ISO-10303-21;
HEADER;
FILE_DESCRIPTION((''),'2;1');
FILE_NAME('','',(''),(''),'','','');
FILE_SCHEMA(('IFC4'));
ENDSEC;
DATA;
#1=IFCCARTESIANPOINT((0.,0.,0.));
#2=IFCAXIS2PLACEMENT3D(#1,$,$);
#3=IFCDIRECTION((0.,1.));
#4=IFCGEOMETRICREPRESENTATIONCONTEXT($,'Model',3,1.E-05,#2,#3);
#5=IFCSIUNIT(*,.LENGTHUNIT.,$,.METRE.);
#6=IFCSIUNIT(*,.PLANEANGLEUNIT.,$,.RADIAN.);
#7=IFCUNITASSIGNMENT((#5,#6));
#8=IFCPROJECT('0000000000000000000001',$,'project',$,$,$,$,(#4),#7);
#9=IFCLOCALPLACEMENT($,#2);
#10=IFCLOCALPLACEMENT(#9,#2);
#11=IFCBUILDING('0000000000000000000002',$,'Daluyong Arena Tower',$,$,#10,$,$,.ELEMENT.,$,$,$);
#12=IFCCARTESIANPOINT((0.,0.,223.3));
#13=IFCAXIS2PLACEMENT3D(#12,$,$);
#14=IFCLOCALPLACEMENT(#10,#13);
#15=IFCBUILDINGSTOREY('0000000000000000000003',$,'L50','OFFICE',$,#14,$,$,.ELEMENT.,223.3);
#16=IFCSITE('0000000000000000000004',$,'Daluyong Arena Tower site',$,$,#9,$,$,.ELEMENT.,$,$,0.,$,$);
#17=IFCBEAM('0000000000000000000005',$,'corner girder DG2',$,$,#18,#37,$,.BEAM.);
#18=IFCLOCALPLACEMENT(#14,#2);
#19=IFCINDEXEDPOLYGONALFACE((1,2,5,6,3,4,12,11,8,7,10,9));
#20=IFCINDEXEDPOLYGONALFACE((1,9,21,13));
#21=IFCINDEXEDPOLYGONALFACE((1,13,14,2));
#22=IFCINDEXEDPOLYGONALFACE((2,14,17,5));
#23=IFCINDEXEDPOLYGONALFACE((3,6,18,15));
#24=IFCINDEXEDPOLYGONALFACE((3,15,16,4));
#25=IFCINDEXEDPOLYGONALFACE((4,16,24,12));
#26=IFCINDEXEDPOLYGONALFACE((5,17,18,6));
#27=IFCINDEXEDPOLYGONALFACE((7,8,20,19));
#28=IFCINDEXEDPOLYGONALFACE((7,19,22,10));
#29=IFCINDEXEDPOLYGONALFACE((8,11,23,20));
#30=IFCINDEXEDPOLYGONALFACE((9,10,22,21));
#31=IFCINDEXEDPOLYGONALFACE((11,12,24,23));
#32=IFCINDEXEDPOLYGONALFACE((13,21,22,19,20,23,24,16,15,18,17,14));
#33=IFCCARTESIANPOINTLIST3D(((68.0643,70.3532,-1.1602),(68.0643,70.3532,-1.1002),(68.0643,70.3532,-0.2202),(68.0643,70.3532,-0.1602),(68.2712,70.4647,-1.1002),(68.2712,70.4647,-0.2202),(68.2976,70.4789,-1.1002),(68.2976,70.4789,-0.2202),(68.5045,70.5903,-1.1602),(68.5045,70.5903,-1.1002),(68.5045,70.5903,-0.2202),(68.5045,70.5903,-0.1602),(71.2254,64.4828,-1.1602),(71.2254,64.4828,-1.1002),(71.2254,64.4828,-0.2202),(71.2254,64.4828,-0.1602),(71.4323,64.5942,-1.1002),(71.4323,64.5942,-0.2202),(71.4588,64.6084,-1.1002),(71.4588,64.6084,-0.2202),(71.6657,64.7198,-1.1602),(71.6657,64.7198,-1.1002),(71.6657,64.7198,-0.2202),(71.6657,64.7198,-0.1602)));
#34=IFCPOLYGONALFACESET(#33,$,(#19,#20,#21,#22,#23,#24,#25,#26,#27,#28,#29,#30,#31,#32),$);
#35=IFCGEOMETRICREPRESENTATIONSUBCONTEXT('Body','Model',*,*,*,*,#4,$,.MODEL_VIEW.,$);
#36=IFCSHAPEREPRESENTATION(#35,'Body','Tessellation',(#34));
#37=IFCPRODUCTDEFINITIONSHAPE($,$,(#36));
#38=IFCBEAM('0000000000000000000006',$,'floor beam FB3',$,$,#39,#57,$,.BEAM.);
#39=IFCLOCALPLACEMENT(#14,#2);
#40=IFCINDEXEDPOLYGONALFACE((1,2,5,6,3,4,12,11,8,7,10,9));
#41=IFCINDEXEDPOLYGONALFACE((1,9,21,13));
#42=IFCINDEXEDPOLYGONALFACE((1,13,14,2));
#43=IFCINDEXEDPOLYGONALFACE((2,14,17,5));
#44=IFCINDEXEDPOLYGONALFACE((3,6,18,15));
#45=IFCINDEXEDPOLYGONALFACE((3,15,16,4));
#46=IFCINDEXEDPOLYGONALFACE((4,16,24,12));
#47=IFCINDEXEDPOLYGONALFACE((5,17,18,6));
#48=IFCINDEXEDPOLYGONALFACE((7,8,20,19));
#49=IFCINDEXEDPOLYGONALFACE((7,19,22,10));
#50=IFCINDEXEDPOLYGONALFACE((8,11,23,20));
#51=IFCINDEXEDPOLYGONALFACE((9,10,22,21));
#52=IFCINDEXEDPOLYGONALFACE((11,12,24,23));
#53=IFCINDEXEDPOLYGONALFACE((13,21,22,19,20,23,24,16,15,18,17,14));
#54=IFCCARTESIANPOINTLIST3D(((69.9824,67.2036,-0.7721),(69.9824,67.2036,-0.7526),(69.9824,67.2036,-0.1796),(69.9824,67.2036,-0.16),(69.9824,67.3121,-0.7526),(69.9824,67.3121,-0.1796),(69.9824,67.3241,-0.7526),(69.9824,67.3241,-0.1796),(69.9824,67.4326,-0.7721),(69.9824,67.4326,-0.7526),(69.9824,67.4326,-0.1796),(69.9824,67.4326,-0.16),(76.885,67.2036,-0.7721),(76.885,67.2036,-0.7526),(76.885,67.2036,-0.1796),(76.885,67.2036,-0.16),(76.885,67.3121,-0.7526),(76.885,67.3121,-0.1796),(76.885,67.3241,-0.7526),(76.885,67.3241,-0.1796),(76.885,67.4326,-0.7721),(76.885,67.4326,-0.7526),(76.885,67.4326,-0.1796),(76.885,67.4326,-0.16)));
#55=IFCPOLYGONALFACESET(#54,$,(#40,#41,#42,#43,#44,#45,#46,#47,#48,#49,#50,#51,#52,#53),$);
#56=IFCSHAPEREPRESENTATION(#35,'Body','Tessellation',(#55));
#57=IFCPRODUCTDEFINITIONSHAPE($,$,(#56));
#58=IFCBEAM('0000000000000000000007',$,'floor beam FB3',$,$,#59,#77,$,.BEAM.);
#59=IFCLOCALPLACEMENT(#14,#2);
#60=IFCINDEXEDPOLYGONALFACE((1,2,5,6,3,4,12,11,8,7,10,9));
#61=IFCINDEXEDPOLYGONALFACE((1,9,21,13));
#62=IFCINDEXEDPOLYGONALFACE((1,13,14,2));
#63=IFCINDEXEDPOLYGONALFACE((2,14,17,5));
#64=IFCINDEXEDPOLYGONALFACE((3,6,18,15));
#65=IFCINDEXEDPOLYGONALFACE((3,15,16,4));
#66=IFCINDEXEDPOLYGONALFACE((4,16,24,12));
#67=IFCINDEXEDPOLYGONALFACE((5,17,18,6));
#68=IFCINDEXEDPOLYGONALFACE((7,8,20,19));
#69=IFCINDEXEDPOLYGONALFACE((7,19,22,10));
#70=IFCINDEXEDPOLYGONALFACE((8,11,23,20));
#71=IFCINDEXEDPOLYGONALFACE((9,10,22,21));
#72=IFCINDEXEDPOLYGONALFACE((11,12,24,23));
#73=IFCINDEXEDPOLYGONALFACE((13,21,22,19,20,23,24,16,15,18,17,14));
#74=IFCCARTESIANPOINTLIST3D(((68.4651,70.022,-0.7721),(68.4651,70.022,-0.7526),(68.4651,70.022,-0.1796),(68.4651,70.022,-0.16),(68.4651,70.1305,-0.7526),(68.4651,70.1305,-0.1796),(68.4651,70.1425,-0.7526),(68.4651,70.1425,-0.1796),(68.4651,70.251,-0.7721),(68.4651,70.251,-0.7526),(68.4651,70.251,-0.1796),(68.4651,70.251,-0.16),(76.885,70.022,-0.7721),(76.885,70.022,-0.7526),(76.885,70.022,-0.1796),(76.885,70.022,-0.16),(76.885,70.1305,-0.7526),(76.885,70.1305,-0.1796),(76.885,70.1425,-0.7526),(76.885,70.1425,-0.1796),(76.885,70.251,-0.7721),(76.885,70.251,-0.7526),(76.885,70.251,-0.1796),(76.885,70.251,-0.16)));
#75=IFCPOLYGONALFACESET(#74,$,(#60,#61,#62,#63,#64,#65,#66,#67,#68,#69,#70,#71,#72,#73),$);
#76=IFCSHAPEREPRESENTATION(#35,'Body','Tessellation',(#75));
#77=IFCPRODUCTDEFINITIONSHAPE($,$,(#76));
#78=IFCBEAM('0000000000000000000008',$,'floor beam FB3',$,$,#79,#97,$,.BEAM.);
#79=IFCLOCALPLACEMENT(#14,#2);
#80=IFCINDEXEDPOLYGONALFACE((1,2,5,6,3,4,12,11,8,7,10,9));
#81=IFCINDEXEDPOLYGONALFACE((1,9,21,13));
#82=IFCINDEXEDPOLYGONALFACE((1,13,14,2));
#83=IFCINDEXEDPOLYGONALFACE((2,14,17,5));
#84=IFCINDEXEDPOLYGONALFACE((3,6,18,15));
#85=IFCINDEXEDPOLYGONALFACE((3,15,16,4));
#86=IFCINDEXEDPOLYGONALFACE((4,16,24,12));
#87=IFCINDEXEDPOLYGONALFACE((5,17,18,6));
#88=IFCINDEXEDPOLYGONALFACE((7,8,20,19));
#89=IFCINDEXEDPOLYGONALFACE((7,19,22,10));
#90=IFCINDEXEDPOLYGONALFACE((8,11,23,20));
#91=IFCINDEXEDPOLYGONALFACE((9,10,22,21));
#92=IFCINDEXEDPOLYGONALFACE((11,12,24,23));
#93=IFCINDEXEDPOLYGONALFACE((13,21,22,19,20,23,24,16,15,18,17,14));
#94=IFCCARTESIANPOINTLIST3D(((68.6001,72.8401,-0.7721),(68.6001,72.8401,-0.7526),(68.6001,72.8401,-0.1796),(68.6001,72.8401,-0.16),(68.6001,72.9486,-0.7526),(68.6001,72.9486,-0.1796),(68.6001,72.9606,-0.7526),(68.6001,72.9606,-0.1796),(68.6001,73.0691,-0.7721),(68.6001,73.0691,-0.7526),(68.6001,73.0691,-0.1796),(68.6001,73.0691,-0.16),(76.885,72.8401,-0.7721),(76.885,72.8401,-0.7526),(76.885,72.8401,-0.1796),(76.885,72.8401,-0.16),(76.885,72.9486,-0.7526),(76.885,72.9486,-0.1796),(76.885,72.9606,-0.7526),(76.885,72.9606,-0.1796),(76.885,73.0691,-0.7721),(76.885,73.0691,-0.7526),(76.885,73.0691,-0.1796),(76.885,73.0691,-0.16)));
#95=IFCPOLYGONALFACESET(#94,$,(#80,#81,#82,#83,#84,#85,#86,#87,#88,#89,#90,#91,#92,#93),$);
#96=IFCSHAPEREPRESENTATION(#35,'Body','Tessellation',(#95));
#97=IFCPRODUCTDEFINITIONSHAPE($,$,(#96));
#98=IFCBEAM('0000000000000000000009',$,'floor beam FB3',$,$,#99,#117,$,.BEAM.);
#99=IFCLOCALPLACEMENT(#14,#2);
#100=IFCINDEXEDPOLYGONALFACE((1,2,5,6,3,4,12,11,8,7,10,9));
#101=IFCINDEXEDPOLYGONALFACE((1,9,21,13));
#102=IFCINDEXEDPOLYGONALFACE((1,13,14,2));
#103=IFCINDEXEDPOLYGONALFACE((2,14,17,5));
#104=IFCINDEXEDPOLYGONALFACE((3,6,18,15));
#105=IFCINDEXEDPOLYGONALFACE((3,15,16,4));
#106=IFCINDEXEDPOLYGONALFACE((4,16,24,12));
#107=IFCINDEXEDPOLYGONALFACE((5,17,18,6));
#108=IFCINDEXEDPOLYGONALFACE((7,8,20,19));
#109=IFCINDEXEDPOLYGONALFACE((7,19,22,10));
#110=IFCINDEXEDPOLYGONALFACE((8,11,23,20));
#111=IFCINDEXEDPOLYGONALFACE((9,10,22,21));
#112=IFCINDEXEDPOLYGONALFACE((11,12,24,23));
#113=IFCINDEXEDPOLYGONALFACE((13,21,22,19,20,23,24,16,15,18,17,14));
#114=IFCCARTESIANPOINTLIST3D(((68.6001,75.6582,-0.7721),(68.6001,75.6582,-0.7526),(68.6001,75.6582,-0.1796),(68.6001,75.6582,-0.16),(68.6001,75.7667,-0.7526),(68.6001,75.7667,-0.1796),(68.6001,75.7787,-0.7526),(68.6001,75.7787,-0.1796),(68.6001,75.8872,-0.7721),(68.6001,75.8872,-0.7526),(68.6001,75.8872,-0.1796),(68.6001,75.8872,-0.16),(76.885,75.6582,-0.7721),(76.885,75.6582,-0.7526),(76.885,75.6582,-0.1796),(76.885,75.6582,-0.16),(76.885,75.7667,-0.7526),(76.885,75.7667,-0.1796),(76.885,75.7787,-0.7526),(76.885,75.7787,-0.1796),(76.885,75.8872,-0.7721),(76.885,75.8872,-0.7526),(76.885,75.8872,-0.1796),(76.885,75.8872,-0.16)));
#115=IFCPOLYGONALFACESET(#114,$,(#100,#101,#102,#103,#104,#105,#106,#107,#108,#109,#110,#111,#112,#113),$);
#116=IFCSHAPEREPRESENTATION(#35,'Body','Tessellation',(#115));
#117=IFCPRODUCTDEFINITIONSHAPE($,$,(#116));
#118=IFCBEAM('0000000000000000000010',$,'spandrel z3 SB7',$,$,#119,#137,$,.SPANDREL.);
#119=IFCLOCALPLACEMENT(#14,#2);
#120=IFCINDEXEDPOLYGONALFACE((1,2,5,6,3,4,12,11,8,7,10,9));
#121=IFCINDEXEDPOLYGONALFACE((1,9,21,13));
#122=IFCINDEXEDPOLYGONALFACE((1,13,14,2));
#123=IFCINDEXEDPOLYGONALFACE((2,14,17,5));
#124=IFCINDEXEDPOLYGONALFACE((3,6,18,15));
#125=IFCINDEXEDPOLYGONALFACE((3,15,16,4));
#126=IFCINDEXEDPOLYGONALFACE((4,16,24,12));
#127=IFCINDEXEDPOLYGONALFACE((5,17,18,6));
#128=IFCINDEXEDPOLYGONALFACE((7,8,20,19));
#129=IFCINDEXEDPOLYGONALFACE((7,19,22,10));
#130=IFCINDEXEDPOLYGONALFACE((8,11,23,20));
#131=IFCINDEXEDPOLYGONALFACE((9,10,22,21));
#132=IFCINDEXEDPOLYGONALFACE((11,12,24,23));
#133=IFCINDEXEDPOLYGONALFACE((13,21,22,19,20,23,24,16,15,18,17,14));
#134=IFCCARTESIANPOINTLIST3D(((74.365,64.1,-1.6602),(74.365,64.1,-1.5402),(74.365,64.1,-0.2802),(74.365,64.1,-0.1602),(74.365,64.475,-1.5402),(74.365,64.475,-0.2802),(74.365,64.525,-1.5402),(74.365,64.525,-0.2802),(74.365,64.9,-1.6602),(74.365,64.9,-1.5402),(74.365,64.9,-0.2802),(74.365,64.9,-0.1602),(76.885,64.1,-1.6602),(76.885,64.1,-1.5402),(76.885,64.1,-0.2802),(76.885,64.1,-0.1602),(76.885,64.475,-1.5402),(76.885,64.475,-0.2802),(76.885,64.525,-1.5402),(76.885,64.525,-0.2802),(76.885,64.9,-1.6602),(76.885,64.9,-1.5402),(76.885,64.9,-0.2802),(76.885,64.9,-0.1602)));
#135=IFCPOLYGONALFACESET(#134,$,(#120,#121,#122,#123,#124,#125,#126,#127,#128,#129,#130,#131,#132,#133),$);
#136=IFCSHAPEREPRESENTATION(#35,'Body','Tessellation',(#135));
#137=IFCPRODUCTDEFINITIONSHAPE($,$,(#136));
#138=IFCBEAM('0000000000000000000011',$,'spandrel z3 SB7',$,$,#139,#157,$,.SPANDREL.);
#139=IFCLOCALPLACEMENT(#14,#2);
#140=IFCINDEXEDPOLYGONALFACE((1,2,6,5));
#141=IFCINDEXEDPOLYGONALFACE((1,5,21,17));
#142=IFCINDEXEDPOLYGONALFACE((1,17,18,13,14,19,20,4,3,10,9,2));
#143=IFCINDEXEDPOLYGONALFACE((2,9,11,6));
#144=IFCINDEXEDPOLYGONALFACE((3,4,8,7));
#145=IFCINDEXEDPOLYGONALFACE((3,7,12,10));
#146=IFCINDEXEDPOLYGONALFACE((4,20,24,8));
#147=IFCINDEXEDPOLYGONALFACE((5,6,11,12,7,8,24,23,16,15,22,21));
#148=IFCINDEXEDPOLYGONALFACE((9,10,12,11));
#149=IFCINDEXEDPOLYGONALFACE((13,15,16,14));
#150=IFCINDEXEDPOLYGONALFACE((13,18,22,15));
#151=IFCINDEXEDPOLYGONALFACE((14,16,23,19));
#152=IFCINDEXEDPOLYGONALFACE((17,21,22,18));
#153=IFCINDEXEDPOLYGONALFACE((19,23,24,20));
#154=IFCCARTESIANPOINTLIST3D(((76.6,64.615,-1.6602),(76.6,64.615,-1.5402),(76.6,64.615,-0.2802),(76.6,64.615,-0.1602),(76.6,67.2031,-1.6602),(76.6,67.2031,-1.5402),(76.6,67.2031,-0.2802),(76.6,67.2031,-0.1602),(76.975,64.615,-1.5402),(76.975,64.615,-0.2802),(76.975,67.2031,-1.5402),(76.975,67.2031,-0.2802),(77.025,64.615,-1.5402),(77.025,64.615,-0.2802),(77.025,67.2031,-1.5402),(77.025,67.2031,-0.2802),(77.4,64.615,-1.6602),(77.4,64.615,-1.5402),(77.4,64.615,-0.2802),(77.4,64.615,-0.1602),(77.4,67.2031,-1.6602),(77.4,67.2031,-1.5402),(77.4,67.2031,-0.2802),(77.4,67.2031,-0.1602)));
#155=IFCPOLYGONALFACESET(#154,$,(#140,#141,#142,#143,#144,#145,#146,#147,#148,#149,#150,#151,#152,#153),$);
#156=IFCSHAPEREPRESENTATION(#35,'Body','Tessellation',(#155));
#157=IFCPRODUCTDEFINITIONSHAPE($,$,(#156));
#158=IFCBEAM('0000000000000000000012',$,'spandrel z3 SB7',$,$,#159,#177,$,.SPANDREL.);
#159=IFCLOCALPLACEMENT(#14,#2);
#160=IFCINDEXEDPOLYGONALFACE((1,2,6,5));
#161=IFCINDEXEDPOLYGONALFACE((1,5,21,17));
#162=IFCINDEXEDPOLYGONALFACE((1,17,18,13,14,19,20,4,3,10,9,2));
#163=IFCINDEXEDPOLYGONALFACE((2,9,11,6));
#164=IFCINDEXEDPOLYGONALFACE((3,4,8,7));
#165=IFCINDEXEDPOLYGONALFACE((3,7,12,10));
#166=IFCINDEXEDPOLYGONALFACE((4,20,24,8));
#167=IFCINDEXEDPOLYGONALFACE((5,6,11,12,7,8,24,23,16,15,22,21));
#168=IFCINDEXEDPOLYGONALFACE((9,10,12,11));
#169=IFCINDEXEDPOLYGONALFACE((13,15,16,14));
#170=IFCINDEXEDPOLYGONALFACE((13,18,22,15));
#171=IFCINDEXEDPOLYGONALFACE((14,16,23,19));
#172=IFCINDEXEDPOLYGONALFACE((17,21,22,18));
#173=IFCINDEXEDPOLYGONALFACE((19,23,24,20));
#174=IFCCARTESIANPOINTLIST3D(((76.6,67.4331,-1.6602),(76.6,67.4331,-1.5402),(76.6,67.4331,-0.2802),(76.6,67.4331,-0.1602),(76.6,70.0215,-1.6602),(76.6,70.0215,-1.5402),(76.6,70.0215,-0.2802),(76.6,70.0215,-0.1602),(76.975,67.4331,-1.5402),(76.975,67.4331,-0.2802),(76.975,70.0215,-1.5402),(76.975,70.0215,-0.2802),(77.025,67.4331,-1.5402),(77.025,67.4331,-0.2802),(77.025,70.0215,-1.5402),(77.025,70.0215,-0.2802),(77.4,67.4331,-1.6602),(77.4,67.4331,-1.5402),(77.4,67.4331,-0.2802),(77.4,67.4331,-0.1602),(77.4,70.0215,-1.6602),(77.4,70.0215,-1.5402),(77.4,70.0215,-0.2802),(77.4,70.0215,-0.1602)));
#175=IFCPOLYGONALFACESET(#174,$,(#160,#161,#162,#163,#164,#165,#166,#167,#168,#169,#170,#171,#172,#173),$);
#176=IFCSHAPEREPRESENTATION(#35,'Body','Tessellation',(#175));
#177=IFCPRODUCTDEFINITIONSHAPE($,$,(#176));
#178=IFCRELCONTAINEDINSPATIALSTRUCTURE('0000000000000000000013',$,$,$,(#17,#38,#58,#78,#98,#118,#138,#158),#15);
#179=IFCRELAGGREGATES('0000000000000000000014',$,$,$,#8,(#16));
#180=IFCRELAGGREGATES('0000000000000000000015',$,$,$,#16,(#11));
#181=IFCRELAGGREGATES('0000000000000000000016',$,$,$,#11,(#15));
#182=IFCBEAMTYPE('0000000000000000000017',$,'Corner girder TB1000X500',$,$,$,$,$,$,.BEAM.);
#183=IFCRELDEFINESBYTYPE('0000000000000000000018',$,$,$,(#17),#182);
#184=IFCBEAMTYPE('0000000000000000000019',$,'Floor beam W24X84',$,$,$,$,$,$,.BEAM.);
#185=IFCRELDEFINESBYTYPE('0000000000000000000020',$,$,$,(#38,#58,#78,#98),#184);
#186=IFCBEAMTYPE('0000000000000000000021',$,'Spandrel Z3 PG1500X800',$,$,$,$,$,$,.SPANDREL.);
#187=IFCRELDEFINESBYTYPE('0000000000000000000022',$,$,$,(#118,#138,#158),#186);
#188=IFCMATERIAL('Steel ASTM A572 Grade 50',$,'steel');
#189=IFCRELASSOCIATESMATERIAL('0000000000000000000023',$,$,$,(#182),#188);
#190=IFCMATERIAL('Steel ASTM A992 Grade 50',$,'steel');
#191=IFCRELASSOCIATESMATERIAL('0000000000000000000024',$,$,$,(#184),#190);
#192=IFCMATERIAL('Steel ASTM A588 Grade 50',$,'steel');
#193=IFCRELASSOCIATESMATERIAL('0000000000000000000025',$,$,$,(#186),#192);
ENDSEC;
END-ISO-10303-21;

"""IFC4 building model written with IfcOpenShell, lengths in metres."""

from ifc_helpers import new_model, si_unit, direction, frame, origin, origin_2d, place, context, subcontext, project, spatial, i_section, extrude, material, material_profile, profile_set, type_object, element, save


model = new_model("IFC4")

# Units and contexts
model_context = context("Model", 3, precision=1e-05, world=origin(), true_north=direction((0.0, 1.0)))
body_context = subcontext(model_context, "Body", "Model", "MODEL_VIEW")
ifc_project = project(units=[si_unit("LENGTHUNIT", "METRE"), si_unit("PLANEANGLEUNIT", "RADIAN")], contexts=[model_context])

# Site, building, storey
site_placement = place(None, origin())
site = spatial("IfcSite", under=ifc_project, at=site_placement, Name="Daluyong Arena Tower site", CompositionType="ELEMENT", RefElevation=0.0)
building_placement = place(site_placement, origin())
building = spatial("IfcBuilding", under=site, at=building_placement, Name="Daluyong Arena Tower", CompositionType="ELEMENT")
storey_placement = place(building_placement, frame((0.0, 0.0, 223.3)))
storey = spatial("IfcBuildingStorey", under=building, at=storey_placement, Name="L50", Description="OFFICE", CompositionType="ELEMENT", Elevation=223.3)

# Beams
ifc_material_1 = material(Name="Steel ASTM A572 Grade 50", Category="steel")
ifc_material_profile_1 = material_profile(ifc_material_1, i_section(OverallWidth=0.5, OverallDepth=1.0, WebThickness=0.03, FlangeThickness=0.06, at=origin_2d()))
ifc_profile_set_1 = profile_set([ifc_material_profile_1], Name="Steel ASTM A572 Grade 50")
beam_type_1 = type_object("IfcBeamType", Name="Corner girder TB1000X500", PredefinedType="BEAM", material=ifc_profile_set_1)
beam_1_placement = place(storey_placement, frame((71.4456, 64.6013, -0.6602), z_axis=(-0.474119, 0.880461, 0.0), x_axis=(-0.880461, -0.474119, 0.0)))
element("IfcBeam", 1, at=beam_1_placement, inside=storey, type_object=beam_type_1, Name="corner girder DG2", PredefinedType="BEAM", context=body_context, shape_type="SweptSolid", body=[
    extrude(i_section(OverallWidth=0.5, OverallDepth=1.0, WebThickness=0.03, FlangeThickness=0.06, at=origin_2d()), origin(), (0.0, 0.0, 1.0), 6.6675),
])
ifc_material_2 = material(Name="Steel ASTM A992 Grade 50", Category="steel")
ifc_material_profile_2 = material_profile(ifc_material_2, i_section(OverallWidth=0.229, OverallDepth=0.6121, WebThickness=0.012, FlangeThickness=0.0195, at=origin_2d()))
ifc_profile_set_2 = profile_set([ifc_material_profile_2], Name="Steel ASTM A992 Grade 50")
beam_type_2 = type_object("IfcBeamType", Name="Floor beam W24X84", PredefinedType="BEAM", material=ifc_profile_set_2)
beam_2_placement = place(storey_placement, frame((76.885, 67.3181, -0.4661), z_axis=(-1.0, 0.0, 0.0), x_axis=(0.0, -1.0, 0.0)))
element("IfcBeam", 2, at=beam_2_placement, inside=storey, type_object=beam_type_2, Name="floor beam FB3", PredefinedType="BEAM", context=body_context, shape_type="SweptSolid", body=[
    extrude(i_section(OverallWidth=0.229, OverallDepth=0.6121, WebThickness=0.012, FlangeThickness=0.0195, at=origin_2d()), origin(), (0.0, 0.0, 1.0), 6.9026),
])
beam_3_placement = place(storey_placement, frame((76.885, 70.1365, -0.4661), z_axis=(-1.0, 0.0, 0.0), x_axis=(0.0, -1.0, 0.0)))
element("IfcBeam", 3, at=beam_3_placement, inside=storey, type_object=beam_type_2, Name="floor beam FB3", PredefinedType="BEAM", context=body_context, shape_type="SweptSolid", body=[
    extrude(i_section(OverallWidth=0.229, OverallDepth=0.6121, WebThickness=0.012, FlangeThickness=0.0195, at=origin_2d()), origin(), (0.0, 0.0, 1.0), 8.4199),
])
for number, where, z_axis, x_axis, name in (
    (4, (76.885, 72.9546, -0.4661), (-1.0, 0.0, 0.0), (0.0, -1.0, 0.0), "floor beam FB3"),
    (5, (76.885, 75.7727, -0.4661), (-1.0, 0.0, 0.0), (0.0, -1.0, 0.0), "floor beam FB3"),
):
    element("IfcBeam", number, at=place(storey_placement, frame(where, z_axis=z_axis, x_axis=x_axis)), inside=storey, type_object=beam_type_2, Name=name, PredefinedType="BEAM", context=body_context, shape_type="SweptSolid", body=[
        extrude(i_section(OverallWidth=0.229, OverallDepth=0.6121, WebThickness=0.012, FlangeThickness=0.0195, at=origin_2d()), origin(), (0.0, 0.0, 1.0), 8.2849),
    ])
ifc_material_3 = material(Name="Steel ASTM A588 Grade 50", Category="steel")
ifc_material_profile_3 = material_profile(ifc_material_3, i_section(OverallWidth=0.8, OverallDepth=1.5, WebThickness=0.05, FlangeThickness=0.12, at=origin_2d()))
ifc_profile_set_3 = profile_set([ifc_material_profile_3], Name="Steel ASTM A588 Grade 50")
beam_type_3 = type_object("IfcBeamType", Name="Spandrel Z3 PG1500X800", PredefinedType="SPANDREL", material=ifc_profile_set_3)
beam_4_placement = place(storey_placement, frame((74.365, 64.5, -0.9102), z_axis=(1.0, 0.0, 0.0), x_axis=(0.0, 1.0, 0.0)))
element("IfcBeam", 6, at=beam_4_placement, inside=storey, type_object=beam_type_3, Name="spandrel z3 SB7", PredefinedType="SPANDREL", context=body_context, shape_type="SweptSolid", body=[
    extrude(i_section(OverallWidth=0.8, OverallDepth=1.5, WebThickness=0.05, FlangeThickness=0.12, at=origin_2d()), origin(), (0.0, 0.0, 1.0), 2.52),
])
beam_5_placement = place(storey_placement, frame((77.0, 64.615, -0.9102), z_axis=(0.0, 1.0, 0.0), x_axis=(-1.0, 0.0, 0.0)))
element("IfcBeam", 7, at=beam_5_placement, inside=storey, type_object=beam_type_3, Name="spandrel z3 SB7", PredefinedType="SPANDREL", context=body_context, shape_type="SweptSolid", body=[
    extrude(i_section(OverallWidth=0.8, OverallDepth=1.5, WebThickness=0.05, FlangeThickness=0.12, at=origin_2d()), origin(), (0.0, 0.0, 1.0), 2.5881),
])
beam_6_placement = place(storey_placement, frame((77.0, 67.4331, -0.9102), z_axis=(0.0, 1.0, 0.0), x_axis=(-1.0, 0.0, 0.0)))
element("IfcBeam", 8, at=beam_6_placement, inside=storey, type_object=beam_type_3, Name="spandrel z3 SB7", PredefinedType="SPANDREL", context=body_context, shape_type="SweptSolid", body=[
    extrude(i_section(OverallWidth=0.8, OverallDepth=1.5, WebThickness=0.05, FlangeThickness=0.12, at=origin_2d()), origin(), (0.0, 0.0, 1.0), 2.5884),
])

save(model, "model.ifc")
